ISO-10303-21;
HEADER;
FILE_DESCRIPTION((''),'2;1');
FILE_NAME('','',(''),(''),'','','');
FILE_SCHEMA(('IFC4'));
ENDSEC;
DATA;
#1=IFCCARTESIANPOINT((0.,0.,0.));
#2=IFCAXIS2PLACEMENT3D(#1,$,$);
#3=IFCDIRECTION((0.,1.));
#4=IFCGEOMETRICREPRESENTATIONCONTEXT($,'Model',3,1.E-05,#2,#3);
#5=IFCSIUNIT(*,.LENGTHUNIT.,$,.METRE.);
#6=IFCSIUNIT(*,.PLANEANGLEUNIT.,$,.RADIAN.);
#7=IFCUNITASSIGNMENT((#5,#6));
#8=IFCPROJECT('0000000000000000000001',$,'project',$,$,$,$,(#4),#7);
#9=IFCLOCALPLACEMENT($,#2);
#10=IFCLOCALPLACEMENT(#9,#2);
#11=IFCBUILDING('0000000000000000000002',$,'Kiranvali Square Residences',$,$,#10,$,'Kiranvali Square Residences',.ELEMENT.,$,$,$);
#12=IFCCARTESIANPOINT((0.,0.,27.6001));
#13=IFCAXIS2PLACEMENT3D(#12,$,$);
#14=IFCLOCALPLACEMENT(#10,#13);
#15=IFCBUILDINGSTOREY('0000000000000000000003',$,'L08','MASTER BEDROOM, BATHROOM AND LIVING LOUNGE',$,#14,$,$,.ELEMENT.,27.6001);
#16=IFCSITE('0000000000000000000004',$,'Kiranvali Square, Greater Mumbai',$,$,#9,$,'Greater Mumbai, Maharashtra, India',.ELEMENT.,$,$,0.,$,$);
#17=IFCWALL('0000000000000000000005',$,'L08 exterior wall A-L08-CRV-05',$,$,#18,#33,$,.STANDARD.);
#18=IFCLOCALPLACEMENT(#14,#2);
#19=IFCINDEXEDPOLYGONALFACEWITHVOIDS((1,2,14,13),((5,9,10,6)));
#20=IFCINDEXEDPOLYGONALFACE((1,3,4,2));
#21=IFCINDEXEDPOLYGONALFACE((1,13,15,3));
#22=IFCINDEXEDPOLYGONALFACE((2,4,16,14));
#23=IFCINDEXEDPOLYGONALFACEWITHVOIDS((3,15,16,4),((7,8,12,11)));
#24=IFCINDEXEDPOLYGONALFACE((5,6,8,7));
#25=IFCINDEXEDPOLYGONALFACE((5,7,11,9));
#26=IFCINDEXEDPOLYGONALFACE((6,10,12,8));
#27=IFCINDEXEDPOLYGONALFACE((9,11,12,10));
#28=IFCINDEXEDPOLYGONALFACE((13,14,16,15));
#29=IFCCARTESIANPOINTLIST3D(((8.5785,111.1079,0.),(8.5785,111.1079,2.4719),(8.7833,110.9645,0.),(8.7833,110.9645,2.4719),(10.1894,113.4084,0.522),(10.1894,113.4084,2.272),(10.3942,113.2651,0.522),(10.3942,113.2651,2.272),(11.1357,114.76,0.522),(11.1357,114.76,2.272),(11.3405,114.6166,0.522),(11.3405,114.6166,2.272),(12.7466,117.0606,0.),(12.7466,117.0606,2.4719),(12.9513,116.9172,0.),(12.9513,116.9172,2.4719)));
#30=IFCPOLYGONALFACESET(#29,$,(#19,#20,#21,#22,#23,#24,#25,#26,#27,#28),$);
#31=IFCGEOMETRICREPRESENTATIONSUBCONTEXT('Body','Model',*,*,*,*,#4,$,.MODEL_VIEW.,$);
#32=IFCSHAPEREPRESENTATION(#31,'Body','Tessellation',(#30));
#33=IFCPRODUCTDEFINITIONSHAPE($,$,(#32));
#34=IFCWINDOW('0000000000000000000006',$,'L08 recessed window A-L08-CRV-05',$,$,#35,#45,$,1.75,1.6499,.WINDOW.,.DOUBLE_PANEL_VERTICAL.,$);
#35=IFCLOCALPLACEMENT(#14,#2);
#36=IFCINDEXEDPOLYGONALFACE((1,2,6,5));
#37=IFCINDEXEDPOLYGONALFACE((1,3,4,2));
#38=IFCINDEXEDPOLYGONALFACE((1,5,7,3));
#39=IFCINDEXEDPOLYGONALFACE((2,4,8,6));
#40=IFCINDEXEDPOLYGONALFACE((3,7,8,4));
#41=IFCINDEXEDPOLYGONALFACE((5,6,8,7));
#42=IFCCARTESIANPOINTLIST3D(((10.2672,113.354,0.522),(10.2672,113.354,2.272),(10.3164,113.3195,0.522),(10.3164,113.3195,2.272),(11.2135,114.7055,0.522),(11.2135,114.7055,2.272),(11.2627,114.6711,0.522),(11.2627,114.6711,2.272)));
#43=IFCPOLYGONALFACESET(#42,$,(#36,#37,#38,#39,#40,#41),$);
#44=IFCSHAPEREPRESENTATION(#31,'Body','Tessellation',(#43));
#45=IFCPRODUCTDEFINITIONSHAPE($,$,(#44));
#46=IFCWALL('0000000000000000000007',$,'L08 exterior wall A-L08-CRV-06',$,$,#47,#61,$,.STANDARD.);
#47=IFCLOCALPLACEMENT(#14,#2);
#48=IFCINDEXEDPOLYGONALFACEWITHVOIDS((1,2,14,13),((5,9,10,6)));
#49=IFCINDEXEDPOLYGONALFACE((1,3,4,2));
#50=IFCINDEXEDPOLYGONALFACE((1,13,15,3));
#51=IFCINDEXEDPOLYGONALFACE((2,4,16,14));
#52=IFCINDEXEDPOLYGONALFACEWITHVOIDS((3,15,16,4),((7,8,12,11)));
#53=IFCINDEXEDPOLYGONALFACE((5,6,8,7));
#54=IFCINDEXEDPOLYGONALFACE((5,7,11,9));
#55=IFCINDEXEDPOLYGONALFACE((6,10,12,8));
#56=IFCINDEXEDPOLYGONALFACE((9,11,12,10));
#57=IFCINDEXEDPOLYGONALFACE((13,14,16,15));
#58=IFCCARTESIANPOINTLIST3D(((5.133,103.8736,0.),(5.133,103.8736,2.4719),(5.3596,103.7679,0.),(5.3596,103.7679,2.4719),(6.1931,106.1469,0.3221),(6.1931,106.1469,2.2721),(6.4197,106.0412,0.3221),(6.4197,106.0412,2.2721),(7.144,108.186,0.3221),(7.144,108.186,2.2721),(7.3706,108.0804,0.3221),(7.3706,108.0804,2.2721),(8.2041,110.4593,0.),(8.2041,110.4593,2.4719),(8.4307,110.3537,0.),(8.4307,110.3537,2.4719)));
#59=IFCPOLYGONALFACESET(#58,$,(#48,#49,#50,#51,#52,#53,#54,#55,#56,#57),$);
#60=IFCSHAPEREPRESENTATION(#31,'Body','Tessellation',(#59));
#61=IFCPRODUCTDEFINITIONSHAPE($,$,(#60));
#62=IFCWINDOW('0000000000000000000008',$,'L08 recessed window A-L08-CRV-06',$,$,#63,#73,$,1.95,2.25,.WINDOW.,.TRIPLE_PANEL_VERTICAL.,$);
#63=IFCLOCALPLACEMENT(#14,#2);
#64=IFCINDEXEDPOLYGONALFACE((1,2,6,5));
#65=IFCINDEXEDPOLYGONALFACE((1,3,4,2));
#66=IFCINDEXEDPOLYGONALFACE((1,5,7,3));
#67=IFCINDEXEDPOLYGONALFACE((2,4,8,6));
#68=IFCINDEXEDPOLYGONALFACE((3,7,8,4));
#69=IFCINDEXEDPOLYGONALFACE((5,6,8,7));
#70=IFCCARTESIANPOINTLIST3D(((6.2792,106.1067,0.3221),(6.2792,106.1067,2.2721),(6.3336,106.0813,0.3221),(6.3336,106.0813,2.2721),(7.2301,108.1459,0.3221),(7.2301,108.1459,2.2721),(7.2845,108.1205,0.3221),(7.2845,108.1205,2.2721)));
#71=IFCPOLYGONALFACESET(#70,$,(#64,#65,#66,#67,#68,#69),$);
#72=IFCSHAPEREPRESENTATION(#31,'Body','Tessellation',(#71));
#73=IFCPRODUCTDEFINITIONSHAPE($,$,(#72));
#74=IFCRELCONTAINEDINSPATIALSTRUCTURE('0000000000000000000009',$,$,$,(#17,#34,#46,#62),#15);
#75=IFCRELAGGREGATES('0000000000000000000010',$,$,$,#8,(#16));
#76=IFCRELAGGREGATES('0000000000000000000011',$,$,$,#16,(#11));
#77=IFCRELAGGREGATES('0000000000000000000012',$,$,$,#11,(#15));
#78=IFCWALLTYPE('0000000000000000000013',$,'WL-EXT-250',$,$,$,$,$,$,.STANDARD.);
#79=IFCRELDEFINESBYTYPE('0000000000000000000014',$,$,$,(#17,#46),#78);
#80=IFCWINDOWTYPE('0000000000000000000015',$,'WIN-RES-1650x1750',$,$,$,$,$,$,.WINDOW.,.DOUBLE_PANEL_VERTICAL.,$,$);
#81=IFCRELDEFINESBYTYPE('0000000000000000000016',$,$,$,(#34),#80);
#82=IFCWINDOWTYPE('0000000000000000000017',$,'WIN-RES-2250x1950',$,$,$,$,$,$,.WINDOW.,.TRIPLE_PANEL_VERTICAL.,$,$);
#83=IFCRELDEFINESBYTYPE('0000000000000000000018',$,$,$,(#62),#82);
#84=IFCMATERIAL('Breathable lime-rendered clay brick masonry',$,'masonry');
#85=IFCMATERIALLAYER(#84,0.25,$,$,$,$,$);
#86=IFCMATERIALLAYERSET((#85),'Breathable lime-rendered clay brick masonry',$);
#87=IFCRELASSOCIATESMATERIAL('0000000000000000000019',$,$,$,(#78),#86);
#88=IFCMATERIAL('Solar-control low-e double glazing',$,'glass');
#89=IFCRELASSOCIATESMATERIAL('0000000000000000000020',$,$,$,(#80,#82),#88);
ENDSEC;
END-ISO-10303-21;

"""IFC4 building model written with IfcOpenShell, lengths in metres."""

from ifc_helpers import new_model, si_unit, direction, frame, frame_2d, origin, place, context, subcontext, project, spatial, rectangle, extrude, material, layer, layer_set, type_object, element, fill, save


model = new_model("IFC4")

# Units and contexts
model_context = context("Model", 3, precision=1e-05, world=origin(), true_north=direction((0.0, 1.0)))
body_context = subcontext(model_context, "Body", "Model", "MODEL_VIEW")
ifc_project = project(units=[si_unit("LENGTHUNIT", "METRE"), si_unit("PLANEANGLEUNIT", "RADIAN")], contexts=[model_context])

# Site, building, storey
site_placement = place(None, origin())
site = spatial("IfcSite", under=ifc_project, at=site_placement, Name="Kiranvali Square, Greater Mumbai", LongName="Greater Mumbai, Maharashtra, India", CompositionType="ELEMENT", RefElevation=0.0)
building_placement = place(site_placement, origin())
building = spatial("IfcBuilding", under=site, at=building_placement, Name="Kiranvali Square Residences", LongName="Kiranvali Square Residences", CompositionType="ELEMENT")
storey_placement = place(building_placement, frame((0.0, 0.0, 27.6001)))
storey = spatial("IfcBuildingStorey", under=building, at=storey_placement, Name="L08", Description="MASTER BEDROOM, BATHROOM AND LIVING LOUNGE", CompositionType="ELEMENT", Elevation=27.6001)

# Shared definitions
ifc_material_1 = material(Name="Breathable lime-rendered clay brick masonry", Category="masonry")
ifc_layer = layer(ifc_material_1, 0.25)
ifc_layer_set = layer_set([ifc_layer], Name="Breathable lime-rendered clay brick masonry")
wall_type = type_object("IfcWallType", Name="WL-EXT-250", PredefinedType="STANDARD", material=ifc_layer_set)
ifc_material_2 = material(Name="Solar-control low-e double glazing", Category="glass")

# Walls, openings, windows
wall_1_placement = place(storey_placement, frame((12.8489, 116.9888, 0.0), z_axis=(0.0, 0.0, 1.0), x_axis=(-0.573566, -0.819159, 0.0)))
wall_1 = element("IfcWall", 1, at=wall_1_placement, inside=storey, type_object=wall_type, Name="L08 exterior wall A-L08-CRV-05", PredefinedType="STANDARD", context=body_context, shape_type="SweptSolid", body=[
    extrude(rectangle(XDim=7.2668, YDim=0.25, at=frame_2d((3.6333, 0.0))), origin(), (0.0, 0.0, 1.0), 2.4719),
])
opening_1_placement = place(wall_1_placement, frame((2.8083, 0.0, 0.522)))
opening_1 = element("IfcOpeningElement", 2, at=opening_1_placement, cuts=wall_1, PredefinedType="OPENING", context=body_context, shape_type="SweptSolid", body=[
    extrude(rectangle(XDim=1.6499, YDim=1.75, at=frame_2d((0.825, 0.875))), frame((0.0, 0.135, 0.0), z_axis=(0.0, -1.0, 0.0), x_axis=(1.0, 0.0, 0.0)), (0.0, 0.0, 1.0), 0.27),
])
window_type_1 = type_object("IfcWindowType", Name="WIN-RES-1650x1750", PartitioningType="DOUBLE_PANEL_VERTICAL", PredefinedType="WINDOW", material=ifc_material_2)
window_1_placement = place(opening_1_placement, origin())
window_1 = element("IfcWindow", 3, at=window_1_placement, inside=storey, type_object=window_type_1, Name="L08 recessed window A-L08-CRV-05", OverallHeight=1.75, OverallWidth=1.6499, PartitioningType="DOUBLE_PANEL_VERTICAL", PredefinedType="WINDOW", context=body_context, shape_type="SweptSolid", body=[
    extrude(rectangle(XDim=1.6499, YDim=1.75, at=frame_2d((0.825, 0.875))), frame((0.0, 0.03, 0.0), z_axis=(0.0, -1.0, 0.0), x_axis=(1.0, 0.0, 0.0)), (0.0, 0.0, 1.0), 0.0601),
])
fill(opening_1, window_1)
wall_2_placement = place(storey_placement, frame((8.3174, 110.4065, 0.0), z_axis=(0.0, 0.0, 1.0), x_axis=(-0.422628, -0.906303, 0.0)))
wall_2 = element("IfcWall", 4, at=wall_2_placement, inside=storey, type_object=wall_type, Name="L08 exterior wall A-L08-CRV-06", PredefinedType="STANDARD", context=body_context, shape_type="SweptSolid", body=[
    extrude(rectangle(XDim=7.2666, YDim=0.25, at=frame_2d((3.6333, 0.0))), origin(), (0.0, 0.0, 1.0), 2.4719),
])
opening_2_placement = place(wall_2_placement, frame((2.5083, 0.0, 0.322)))
opening_2 = element("IfcOpeningElement", 5, at=opening_2_placement, cuts=wall_2, PredefinedType="OPENING", context=body_context, shape_type="SweptSolid", body=[
    extrude(rectangle(XDim=2.25, YDim=1.95, at=frame_2d((1.125, 0.9751))), frame((0.0, 0.135, 0.0), z_axis=(0.0, -1.0, 0.0), x_axis=(1.0, 0.0, 0.0)), (0.0, 0.0, 1.0), 0.27),
])
window_type_2 = type_object("IfcWindowType", Name="WIN-RES-2250x1950", PartitioningType="TRIPLE_PANEL_VERTICAL", PredefinedType="WINDOW", material=ifc_material_2)
window_2_placement = place(opening_2_placement, origin())
window_2 = element("IfcWindow", 6, at=window_2_placement, inside=storey, type_object=window_type_2, Name="L08 recessed window A-L08-CRV-06", OverallHeight=1.95, OverallWidth=2.25, PartitioningType="TRIPLE_PANEL_VERTICAL", PredefinedType="WINDOW", context=body_context, shape_type="SweptSolid", body=[
    extrude(rectangle(XDim=2.25, YDim=1.95, at=frame_2d((1.125, 0.9751))), frame((0.0, 0.03, 0.0), z_axis=(0.0, -1.0, 0.0), x_axis=(1.0, 0.0, 0.0)), (0.0, 0.0, 1.0), 0.0601),
])
fill(opening_2, window_2)

save(model, "model.ifc")
